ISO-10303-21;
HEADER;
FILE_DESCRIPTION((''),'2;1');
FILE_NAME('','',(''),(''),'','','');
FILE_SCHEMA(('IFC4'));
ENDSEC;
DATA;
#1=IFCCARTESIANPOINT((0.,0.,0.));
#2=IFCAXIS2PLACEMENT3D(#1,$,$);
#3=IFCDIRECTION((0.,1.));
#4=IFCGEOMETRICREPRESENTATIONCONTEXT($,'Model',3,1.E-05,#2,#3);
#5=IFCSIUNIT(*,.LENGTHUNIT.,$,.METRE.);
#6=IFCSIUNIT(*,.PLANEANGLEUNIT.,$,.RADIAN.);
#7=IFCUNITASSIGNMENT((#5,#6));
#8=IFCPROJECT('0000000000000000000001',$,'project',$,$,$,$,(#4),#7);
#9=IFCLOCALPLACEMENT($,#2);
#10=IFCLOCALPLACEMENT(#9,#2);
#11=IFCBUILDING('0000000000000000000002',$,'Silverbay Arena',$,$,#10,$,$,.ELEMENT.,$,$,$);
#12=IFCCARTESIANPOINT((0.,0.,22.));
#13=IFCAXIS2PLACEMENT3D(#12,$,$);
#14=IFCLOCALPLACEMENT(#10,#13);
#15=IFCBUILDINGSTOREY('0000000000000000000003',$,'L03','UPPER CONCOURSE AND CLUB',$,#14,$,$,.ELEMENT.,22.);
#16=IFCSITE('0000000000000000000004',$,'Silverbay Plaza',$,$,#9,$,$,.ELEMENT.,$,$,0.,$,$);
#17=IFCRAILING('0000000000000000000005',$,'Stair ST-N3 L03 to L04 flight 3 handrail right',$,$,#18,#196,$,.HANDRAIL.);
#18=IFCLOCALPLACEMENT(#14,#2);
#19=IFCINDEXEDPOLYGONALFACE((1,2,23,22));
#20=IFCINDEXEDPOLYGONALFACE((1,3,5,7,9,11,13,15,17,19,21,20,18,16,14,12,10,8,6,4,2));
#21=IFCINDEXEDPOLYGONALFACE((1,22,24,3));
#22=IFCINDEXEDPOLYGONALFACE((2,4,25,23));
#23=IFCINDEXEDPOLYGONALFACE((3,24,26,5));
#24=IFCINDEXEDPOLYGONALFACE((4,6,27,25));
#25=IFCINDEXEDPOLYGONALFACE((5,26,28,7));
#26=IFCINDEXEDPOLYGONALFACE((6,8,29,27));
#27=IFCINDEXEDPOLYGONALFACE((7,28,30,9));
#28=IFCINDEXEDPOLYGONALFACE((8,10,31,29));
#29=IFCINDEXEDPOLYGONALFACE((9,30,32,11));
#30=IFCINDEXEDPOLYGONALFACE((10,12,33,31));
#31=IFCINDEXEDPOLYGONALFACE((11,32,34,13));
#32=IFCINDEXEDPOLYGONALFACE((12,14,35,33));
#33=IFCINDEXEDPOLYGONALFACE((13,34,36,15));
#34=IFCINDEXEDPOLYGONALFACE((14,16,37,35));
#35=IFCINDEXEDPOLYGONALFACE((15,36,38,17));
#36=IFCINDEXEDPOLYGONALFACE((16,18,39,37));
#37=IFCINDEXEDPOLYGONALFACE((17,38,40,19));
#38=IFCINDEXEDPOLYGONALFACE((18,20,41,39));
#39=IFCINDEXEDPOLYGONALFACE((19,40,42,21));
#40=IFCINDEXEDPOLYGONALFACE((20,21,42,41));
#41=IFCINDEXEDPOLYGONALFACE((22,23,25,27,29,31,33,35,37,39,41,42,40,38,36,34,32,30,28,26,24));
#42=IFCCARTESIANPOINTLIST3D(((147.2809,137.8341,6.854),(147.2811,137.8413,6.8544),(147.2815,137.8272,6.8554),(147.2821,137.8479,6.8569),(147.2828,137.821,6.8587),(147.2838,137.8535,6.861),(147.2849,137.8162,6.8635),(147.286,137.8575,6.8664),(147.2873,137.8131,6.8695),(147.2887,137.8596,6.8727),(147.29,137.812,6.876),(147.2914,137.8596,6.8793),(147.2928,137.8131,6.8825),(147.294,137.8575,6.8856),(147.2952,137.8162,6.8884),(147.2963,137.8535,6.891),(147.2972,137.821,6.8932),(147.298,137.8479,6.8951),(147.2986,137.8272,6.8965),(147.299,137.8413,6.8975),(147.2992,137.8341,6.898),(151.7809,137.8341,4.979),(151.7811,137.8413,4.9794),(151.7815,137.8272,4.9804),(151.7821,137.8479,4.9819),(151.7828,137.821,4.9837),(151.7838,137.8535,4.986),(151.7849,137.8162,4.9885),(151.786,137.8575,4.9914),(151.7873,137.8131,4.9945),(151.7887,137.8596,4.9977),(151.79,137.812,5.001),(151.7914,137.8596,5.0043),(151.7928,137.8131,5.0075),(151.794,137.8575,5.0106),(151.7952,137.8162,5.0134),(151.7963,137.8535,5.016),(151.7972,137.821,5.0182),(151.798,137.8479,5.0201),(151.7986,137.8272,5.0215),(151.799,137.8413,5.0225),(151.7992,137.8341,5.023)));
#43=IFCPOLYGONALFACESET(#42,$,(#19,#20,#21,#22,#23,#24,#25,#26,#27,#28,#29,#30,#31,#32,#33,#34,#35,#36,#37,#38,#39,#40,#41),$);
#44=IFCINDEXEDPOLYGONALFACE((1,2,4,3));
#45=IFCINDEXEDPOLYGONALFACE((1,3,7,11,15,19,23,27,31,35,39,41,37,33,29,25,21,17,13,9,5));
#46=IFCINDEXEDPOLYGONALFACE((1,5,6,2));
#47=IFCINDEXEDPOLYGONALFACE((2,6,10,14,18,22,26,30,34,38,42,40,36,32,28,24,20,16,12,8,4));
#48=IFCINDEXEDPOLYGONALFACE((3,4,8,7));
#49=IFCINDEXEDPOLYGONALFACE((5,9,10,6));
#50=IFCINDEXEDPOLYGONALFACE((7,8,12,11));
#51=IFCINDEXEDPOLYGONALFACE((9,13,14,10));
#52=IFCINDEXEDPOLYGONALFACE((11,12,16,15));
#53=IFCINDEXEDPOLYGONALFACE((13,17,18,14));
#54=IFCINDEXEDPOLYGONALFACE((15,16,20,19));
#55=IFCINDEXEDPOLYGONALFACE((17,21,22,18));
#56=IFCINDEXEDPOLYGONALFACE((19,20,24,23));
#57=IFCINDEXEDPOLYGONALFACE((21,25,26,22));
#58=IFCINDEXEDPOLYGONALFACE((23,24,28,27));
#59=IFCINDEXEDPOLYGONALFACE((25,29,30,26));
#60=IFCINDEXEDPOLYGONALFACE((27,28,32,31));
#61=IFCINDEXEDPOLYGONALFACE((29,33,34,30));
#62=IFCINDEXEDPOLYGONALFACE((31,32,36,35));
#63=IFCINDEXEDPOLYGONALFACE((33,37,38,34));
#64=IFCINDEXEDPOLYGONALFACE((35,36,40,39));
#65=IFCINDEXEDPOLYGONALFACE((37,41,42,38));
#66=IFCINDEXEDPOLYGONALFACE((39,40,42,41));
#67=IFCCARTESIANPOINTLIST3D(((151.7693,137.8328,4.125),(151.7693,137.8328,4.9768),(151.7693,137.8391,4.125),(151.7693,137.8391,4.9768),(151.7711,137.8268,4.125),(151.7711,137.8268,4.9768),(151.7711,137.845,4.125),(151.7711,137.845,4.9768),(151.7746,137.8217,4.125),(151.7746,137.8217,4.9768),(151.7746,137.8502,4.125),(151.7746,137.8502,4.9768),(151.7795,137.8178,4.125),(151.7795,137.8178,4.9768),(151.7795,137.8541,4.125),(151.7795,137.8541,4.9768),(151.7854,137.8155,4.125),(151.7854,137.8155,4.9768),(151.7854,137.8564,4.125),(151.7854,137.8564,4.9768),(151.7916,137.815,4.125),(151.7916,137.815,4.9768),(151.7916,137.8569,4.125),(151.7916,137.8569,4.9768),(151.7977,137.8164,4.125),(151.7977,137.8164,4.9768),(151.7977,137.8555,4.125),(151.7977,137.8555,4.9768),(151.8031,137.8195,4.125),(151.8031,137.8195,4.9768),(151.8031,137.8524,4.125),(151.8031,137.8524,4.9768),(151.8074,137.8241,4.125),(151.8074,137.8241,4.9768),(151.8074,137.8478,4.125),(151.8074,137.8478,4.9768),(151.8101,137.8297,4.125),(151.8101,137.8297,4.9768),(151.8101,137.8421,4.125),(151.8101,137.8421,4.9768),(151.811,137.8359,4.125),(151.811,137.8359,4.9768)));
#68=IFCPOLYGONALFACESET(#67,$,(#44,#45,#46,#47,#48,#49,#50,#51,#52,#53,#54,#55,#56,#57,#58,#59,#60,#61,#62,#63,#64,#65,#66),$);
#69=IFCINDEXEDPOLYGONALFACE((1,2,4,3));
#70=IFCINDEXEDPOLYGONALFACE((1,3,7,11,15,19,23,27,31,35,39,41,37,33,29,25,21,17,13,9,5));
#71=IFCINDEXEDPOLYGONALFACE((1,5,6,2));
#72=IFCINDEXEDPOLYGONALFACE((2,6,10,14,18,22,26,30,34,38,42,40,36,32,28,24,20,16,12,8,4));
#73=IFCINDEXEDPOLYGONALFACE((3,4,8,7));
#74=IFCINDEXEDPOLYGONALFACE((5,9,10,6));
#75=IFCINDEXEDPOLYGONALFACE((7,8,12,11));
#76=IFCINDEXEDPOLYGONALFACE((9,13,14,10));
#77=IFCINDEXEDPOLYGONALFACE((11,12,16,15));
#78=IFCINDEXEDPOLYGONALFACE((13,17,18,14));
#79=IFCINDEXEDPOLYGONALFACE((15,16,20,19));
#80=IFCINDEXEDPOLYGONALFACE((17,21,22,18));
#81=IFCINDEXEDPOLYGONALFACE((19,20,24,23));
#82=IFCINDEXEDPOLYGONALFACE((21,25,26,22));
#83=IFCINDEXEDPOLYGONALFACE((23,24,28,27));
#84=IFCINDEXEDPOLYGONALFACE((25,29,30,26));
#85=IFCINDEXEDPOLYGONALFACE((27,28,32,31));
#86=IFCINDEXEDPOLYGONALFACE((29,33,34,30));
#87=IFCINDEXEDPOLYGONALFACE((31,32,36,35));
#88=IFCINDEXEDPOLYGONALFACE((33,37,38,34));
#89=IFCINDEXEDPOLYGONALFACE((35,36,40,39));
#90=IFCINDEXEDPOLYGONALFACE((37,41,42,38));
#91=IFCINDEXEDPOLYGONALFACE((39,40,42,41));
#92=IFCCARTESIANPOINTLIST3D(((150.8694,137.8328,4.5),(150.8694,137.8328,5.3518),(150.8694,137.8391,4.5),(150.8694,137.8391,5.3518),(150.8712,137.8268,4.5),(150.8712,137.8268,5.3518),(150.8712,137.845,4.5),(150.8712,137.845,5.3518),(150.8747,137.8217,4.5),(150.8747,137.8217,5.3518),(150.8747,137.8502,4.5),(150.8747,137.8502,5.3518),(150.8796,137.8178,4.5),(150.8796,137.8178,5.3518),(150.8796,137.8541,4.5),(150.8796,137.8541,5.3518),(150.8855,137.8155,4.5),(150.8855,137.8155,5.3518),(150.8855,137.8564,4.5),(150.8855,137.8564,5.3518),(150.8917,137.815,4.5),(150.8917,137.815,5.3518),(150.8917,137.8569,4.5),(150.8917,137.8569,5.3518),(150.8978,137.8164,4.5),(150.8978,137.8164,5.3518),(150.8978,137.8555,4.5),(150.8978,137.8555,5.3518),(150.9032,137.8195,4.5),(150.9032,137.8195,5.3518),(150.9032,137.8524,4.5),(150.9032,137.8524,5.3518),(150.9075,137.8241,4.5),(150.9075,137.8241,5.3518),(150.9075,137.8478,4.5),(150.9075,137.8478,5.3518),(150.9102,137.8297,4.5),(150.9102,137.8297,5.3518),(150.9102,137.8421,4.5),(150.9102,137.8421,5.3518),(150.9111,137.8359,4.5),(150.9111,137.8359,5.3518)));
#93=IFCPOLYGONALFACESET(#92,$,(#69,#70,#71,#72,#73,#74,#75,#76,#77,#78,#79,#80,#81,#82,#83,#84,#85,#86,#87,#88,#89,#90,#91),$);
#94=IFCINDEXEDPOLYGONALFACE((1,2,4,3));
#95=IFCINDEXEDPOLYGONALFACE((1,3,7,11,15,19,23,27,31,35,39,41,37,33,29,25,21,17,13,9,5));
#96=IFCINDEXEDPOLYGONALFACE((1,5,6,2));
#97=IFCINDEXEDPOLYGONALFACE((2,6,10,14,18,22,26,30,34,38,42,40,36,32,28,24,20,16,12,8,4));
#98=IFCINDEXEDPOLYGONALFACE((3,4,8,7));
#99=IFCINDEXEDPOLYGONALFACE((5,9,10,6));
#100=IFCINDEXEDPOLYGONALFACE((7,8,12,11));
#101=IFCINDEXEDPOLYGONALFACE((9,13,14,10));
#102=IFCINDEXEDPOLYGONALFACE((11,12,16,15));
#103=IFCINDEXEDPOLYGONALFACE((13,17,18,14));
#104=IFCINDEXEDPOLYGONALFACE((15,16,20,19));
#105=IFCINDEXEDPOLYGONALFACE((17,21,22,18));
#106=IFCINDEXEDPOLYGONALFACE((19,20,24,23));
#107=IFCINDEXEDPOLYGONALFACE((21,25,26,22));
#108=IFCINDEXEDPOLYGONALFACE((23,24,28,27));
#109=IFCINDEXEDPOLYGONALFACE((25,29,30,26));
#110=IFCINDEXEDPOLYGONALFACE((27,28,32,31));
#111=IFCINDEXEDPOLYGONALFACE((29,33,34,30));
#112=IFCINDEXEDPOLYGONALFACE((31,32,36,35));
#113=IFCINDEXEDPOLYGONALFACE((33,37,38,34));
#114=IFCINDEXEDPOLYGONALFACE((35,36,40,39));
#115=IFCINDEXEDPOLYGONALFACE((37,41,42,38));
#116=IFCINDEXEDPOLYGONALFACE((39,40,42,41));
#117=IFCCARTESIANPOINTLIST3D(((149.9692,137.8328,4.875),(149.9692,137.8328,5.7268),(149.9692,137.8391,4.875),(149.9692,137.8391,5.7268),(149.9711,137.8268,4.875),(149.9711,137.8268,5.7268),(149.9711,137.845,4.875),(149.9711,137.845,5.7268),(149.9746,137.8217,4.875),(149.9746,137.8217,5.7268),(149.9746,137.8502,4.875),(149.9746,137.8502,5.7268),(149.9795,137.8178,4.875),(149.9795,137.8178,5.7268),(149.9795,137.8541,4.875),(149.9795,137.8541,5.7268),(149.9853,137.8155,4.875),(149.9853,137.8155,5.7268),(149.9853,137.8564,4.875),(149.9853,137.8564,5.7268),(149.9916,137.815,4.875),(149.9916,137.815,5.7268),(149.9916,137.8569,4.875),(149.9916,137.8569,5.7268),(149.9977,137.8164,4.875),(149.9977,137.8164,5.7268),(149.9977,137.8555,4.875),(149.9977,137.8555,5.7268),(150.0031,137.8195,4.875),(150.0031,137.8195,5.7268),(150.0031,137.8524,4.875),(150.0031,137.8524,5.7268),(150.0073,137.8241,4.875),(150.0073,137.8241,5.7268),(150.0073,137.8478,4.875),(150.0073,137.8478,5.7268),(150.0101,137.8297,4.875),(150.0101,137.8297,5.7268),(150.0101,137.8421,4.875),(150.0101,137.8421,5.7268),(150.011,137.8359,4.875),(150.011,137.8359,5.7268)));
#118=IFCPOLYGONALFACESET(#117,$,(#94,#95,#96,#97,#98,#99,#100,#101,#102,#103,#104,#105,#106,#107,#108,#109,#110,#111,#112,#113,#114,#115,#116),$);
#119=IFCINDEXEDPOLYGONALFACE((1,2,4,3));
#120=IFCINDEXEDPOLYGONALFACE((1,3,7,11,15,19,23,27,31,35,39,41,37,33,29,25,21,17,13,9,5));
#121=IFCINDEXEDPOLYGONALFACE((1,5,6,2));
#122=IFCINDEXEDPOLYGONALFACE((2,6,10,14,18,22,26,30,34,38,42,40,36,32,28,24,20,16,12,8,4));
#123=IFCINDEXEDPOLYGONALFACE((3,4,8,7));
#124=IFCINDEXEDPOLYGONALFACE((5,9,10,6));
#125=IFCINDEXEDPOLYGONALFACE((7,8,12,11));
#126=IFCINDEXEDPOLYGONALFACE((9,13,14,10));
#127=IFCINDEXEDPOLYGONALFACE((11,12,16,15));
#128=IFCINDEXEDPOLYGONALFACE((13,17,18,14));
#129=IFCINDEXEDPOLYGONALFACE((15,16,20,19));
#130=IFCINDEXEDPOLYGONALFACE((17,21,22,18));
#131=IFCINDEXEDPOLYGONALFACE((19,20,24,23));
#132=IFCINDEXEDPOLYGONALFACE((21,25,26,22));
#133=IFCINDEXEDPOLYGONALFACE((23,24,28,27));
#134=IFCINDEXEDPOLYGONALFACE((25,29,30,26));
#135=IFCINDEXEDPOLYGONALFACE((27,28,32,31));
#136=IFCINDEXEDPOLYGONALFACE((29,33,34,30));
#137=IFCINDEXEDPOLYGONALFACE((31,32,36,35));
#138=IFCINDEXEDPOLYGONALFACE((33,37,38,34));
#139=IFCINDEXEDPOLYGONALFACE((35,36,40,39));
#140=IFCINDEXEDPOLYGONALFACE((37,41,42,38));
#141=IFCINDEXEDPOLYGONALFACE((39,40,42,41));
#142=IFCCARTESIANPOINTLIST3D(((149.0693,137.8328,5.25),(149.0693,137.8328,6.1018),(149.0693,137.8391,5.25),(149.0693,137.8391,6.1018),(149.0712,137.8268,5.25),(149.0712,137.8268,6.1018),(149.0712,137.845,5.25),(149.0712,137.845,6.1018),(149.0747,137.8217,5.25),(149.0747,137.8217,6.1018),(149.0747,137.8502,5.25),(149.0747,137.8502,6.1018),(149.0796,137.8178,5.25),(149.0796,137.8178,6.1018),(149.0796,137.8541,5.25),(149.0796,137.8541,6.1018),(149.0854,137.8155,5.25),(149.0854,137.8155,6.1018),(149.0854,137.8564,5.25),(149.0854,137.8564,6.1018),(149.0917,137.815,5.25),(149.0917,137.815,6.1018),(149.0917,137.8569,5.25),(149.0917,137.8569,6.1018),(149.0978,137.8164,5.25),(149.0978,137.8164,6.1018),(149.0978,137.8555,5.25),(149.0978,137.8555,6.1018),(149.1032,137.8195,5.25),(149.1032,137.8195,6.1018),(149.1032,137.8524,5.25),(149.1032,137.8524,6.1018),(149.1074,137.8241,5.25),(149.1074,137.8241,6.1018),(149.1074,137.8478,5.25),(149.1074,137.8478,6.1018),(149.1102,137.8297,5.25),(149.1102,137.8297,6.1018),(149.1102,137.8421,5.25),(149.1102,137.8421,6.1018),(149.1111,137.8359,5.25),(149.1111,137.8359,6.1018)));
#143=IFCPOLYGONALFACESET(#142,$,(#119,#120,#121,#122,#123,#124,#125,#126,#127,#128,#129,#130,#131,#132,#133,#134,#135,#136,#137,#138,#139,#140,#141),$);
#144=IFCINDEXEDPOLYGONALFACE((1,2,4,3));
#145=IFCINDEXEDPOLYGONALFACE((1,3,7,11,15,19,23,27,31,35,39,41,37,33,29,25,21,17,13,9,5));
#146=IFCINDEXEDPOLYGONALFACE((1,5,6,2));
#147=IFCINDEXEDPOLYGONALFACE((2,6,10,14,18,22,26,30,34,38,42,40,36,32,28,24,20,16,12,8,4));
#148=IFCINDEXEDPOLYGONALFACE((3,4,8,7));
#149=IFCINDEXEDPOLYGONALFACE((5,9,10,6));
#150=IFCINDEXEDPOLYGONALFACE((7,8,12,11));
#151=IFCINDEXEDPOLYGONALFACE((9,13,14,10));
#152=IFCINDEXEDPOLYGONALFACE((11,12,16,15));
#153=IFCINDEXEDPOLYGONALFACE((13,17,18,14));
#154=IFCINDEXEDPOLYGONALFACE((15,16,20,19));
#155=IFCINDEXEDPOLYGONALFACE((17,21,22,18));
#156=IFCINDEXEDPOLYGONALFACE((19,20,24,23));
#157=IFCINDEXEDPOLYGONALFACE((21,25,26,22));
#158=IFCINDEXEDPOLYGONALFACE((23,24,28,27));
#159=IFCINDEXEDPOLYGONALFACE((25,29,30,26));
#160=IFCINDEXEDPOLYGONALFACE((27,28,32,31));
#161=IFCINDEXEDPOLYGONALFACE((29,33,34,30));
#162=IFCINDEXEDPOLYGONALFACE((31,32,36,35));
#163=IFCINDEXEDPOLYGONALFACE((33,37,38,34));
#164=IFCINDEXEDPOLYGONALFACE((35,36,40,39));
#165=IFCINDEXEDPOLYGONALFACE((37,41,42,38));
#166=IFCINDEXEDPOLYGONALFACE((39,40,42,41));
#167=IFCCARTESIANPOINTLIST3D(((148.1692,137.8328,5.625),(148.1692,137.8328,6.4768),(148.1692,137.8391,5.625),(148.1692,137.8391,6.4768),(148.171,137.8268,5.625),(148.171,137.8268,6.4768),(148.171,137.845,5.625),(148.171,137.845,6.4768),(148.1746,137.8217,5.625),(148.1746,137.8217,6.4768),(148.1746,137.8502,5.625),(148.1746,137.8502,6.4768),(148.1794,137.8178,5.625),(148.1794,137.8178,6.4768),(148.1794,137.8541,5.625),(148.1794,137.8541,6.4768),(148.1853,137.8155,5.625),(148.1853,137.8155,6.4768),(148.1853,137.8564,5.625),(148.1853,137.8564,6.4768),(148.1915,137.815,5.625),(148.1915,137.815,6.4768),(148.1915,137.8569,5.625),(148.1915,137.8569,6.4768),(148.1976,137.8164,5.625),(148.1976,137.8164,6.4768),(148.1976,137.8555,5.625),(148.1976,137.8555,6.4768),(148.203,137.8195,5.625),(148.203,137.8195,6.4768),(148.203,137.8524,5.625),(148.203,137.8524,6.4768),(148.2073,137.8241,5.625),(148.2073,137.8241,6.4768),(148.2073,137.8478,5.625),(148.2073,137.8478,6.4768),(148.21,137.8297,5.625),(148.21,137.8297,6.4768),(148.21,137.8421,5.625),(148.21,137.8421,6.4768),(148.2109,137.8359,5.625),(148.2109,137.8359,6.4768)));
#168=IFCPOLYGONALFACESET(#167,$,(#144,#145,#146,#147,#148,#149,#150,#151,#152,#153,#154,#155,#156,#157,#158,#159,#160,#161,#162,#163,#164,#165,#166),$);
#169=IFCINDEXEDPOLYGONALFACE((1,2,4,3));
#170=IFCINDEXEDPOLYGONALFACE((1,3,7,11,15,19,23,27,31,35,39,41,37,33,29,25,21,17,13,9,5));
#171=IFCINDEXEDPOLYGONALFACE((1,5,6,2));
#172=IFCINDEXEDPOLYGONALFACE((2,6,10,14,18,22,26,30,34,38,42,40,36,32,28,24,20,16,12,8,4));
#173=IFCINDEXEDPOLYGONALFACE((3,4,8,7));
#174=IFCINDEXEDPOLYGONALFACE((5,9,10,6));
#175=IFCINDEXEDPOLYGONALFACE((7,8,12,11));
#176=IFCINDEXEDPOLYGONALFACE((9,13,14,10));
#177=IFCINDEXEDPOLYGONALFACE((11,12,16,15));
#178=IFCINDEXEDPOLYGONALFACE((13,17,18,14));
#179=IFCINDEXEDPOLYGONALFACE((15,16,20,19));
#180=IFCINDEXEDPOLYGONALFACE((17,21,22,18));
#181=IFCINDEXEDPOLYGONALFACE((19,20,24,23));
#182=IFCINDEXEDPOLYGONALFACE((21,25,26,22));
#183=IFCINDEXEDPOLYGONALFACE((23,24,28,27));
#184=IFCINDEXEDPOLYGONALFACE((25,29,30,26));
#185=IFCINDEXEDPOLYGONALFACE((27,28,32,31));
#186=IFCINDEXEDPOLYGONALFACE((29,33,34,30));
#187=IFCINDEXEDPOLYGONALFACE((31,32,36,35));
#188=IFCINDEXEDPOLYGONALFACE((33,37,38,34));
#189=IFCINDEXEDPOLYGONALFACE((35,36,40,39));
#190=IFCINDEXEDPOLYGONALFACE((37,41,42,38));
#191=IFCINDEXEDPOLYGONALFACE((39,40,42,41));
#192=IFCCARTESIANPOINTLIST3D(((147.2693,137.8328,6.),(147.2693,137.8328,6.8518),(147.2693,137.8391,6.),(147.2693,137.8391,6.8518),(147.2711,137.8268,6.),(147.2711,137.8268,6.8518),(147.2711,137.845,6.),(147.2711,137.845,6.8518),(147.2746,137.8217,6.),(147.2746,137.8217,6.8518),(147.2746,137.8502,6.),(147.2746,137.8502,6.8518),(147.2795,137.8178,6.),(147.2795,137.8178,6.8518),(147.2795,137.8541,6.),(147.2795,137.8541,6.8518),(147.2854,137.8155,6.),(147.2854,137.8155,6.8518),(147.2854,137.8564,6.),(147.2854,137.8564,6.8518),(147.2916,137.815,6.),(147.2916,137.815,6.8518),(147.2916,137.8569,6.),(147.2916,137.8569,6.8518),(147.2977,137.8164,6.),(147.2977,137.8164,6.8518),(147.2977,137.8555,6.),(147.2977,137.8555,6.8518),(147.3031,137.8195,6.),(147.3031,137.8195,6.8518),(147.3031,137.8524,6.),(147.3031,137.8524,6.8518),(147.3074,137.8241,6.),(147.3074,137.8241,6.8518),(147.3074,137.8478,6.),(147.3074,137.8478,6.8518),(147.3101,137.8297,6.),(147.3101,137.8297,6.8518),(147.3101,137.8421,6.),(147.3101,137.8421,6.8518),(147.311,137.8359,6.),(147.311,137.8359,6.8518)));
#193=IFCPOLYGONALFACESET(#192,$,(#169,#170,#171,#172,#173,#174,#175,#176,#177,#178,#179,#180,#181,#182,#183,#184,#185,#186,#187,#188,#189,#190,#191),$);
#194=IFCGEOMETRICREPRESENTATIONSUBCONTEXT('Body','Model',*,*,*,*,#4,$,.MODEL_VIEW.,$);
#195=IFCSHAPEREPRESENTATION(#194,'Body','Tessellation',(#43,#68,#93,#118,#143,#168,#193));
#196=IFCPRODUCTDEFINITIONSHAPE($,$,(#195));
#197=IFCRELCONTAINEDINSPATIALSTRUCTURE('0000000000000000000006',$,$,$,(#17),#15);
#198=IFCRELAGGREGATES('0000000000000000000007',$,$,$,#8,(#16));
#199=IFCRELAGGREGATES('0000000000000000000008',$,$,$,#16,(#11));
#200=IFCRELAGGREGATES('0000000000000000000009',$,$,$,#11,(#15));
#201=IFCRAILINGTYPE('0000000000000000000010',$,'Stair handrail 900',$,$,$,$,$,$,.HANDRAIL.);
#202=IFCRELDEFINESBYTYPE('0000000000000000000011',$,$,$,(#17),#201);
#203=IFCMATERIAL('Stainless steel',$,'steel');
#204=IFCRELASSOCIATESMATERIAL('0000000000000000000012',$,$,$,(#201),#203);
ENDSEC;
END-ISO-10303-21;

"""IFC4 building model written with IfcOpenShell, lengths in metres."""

from ifc_helpers import new_model, si_unit, direction, frame, origin, origin_2d, place, context, subcontext, project, spatial, circle, extrude, material, type_object, element, save


model = new_model("IFC4")

# Units and contexts
model_context = context("Model", 3, precision=1e-05, world=origin(), true_north=direction((0.0, 1.0)))
body_context = subcontext(model_context, "Body", "Model", "MODEL_VIEW")
ifc_project = project(units=[si_unit("LENGTHUNIT", "METRE"), si_unit("PLANEANGLEUNIT", "RADIAN")], contexts=[model_context])

# Site, building, storey
site_placement = place(None, origin())
site = spatial("IfcSite", under=ifc_project, at=site_placement, Name="Silverbay Plaza", CompositionType="ELEMENT", RefElevation=0.0)
building_placement = place(site_placement, origin())
building = spatial("IfcBuilding", under=site, at=building_placement, Name="Silverbay Arena", CompositionType="ELEMENT")
storey_placement = place(building_placement, frame((0.0, 0.0, 22.0)))
storey = spatial("IfcBuildingStorey", under=building, at=storey_placement, Name="L03", Description="UPPER CONCOURSE AND CLUB", CompositionType="ELEMENT", Elevation=22.0)

# Railing
ifc_material_1 = material(Name="Stainless steel", Category="steel")
railing_type_1 = type_object("IfcRailingType", Name="Stair handrail 900", PredefinedType="HANDRAIL", material=ifc_material_1)
for number, where, name in (
    (1, (151.79, 137.8359, 4.125), "Stair ST-N3 L03 to L04 flight 3 handrail right"),
):
    element("IfcRailing", number, at=place(storey_placement, frame(where)), inside=storey, type_object=railing_type_1, Name=name, PredefinedType="HANDRAIL", context=body_context, shape_type="SweptSolid", body=[
        extrude(circle(Radius=0.0239, at=origin_2d()), frame((0.0, 0.0, 0.876), z_axis=(-0.923077, 0.0, 0.384615), x_axis=(0.0, -1.0, 0.0)), (0.0, 0.0, 1.0), 4.875),
        extrude(circle(Radius=0.021, at=origin_2d()), origin(), (0.0, 0.0, 1.0), 0.8518),
        extrude(circle(Radius=0.021, at=origin_2d()), frame((-0.8999, 0.0, 0.375)), (0.0, 0.0, 1.0), 0.8518),
        extrude(circle(Radius=0.021, at=origin_2d()), frame((-1.8, 0.0, 0.75)), (0.0, 0.0, 1.0), 0.8518),
        extrude(circle(Radius=0.021, at=origin_2d()), frame((-2.7, 0.0, 1.125)), (0.0, 0.0, 1.0), 0.8518),
        extrude(circle(Radius=0.021, at=origin_2d()), frame((-3.6001, 0.0, 1.5)), (0.0, 0.0, 1.0), 0.8518),
        extrude(circle(Radius=0.021, at=origin_2d()), frame((-4.5, 0.0, 1.875)), (0.0, 0.0, 1.0), 0.8518),
    ])

save(model, "model.ifc")
